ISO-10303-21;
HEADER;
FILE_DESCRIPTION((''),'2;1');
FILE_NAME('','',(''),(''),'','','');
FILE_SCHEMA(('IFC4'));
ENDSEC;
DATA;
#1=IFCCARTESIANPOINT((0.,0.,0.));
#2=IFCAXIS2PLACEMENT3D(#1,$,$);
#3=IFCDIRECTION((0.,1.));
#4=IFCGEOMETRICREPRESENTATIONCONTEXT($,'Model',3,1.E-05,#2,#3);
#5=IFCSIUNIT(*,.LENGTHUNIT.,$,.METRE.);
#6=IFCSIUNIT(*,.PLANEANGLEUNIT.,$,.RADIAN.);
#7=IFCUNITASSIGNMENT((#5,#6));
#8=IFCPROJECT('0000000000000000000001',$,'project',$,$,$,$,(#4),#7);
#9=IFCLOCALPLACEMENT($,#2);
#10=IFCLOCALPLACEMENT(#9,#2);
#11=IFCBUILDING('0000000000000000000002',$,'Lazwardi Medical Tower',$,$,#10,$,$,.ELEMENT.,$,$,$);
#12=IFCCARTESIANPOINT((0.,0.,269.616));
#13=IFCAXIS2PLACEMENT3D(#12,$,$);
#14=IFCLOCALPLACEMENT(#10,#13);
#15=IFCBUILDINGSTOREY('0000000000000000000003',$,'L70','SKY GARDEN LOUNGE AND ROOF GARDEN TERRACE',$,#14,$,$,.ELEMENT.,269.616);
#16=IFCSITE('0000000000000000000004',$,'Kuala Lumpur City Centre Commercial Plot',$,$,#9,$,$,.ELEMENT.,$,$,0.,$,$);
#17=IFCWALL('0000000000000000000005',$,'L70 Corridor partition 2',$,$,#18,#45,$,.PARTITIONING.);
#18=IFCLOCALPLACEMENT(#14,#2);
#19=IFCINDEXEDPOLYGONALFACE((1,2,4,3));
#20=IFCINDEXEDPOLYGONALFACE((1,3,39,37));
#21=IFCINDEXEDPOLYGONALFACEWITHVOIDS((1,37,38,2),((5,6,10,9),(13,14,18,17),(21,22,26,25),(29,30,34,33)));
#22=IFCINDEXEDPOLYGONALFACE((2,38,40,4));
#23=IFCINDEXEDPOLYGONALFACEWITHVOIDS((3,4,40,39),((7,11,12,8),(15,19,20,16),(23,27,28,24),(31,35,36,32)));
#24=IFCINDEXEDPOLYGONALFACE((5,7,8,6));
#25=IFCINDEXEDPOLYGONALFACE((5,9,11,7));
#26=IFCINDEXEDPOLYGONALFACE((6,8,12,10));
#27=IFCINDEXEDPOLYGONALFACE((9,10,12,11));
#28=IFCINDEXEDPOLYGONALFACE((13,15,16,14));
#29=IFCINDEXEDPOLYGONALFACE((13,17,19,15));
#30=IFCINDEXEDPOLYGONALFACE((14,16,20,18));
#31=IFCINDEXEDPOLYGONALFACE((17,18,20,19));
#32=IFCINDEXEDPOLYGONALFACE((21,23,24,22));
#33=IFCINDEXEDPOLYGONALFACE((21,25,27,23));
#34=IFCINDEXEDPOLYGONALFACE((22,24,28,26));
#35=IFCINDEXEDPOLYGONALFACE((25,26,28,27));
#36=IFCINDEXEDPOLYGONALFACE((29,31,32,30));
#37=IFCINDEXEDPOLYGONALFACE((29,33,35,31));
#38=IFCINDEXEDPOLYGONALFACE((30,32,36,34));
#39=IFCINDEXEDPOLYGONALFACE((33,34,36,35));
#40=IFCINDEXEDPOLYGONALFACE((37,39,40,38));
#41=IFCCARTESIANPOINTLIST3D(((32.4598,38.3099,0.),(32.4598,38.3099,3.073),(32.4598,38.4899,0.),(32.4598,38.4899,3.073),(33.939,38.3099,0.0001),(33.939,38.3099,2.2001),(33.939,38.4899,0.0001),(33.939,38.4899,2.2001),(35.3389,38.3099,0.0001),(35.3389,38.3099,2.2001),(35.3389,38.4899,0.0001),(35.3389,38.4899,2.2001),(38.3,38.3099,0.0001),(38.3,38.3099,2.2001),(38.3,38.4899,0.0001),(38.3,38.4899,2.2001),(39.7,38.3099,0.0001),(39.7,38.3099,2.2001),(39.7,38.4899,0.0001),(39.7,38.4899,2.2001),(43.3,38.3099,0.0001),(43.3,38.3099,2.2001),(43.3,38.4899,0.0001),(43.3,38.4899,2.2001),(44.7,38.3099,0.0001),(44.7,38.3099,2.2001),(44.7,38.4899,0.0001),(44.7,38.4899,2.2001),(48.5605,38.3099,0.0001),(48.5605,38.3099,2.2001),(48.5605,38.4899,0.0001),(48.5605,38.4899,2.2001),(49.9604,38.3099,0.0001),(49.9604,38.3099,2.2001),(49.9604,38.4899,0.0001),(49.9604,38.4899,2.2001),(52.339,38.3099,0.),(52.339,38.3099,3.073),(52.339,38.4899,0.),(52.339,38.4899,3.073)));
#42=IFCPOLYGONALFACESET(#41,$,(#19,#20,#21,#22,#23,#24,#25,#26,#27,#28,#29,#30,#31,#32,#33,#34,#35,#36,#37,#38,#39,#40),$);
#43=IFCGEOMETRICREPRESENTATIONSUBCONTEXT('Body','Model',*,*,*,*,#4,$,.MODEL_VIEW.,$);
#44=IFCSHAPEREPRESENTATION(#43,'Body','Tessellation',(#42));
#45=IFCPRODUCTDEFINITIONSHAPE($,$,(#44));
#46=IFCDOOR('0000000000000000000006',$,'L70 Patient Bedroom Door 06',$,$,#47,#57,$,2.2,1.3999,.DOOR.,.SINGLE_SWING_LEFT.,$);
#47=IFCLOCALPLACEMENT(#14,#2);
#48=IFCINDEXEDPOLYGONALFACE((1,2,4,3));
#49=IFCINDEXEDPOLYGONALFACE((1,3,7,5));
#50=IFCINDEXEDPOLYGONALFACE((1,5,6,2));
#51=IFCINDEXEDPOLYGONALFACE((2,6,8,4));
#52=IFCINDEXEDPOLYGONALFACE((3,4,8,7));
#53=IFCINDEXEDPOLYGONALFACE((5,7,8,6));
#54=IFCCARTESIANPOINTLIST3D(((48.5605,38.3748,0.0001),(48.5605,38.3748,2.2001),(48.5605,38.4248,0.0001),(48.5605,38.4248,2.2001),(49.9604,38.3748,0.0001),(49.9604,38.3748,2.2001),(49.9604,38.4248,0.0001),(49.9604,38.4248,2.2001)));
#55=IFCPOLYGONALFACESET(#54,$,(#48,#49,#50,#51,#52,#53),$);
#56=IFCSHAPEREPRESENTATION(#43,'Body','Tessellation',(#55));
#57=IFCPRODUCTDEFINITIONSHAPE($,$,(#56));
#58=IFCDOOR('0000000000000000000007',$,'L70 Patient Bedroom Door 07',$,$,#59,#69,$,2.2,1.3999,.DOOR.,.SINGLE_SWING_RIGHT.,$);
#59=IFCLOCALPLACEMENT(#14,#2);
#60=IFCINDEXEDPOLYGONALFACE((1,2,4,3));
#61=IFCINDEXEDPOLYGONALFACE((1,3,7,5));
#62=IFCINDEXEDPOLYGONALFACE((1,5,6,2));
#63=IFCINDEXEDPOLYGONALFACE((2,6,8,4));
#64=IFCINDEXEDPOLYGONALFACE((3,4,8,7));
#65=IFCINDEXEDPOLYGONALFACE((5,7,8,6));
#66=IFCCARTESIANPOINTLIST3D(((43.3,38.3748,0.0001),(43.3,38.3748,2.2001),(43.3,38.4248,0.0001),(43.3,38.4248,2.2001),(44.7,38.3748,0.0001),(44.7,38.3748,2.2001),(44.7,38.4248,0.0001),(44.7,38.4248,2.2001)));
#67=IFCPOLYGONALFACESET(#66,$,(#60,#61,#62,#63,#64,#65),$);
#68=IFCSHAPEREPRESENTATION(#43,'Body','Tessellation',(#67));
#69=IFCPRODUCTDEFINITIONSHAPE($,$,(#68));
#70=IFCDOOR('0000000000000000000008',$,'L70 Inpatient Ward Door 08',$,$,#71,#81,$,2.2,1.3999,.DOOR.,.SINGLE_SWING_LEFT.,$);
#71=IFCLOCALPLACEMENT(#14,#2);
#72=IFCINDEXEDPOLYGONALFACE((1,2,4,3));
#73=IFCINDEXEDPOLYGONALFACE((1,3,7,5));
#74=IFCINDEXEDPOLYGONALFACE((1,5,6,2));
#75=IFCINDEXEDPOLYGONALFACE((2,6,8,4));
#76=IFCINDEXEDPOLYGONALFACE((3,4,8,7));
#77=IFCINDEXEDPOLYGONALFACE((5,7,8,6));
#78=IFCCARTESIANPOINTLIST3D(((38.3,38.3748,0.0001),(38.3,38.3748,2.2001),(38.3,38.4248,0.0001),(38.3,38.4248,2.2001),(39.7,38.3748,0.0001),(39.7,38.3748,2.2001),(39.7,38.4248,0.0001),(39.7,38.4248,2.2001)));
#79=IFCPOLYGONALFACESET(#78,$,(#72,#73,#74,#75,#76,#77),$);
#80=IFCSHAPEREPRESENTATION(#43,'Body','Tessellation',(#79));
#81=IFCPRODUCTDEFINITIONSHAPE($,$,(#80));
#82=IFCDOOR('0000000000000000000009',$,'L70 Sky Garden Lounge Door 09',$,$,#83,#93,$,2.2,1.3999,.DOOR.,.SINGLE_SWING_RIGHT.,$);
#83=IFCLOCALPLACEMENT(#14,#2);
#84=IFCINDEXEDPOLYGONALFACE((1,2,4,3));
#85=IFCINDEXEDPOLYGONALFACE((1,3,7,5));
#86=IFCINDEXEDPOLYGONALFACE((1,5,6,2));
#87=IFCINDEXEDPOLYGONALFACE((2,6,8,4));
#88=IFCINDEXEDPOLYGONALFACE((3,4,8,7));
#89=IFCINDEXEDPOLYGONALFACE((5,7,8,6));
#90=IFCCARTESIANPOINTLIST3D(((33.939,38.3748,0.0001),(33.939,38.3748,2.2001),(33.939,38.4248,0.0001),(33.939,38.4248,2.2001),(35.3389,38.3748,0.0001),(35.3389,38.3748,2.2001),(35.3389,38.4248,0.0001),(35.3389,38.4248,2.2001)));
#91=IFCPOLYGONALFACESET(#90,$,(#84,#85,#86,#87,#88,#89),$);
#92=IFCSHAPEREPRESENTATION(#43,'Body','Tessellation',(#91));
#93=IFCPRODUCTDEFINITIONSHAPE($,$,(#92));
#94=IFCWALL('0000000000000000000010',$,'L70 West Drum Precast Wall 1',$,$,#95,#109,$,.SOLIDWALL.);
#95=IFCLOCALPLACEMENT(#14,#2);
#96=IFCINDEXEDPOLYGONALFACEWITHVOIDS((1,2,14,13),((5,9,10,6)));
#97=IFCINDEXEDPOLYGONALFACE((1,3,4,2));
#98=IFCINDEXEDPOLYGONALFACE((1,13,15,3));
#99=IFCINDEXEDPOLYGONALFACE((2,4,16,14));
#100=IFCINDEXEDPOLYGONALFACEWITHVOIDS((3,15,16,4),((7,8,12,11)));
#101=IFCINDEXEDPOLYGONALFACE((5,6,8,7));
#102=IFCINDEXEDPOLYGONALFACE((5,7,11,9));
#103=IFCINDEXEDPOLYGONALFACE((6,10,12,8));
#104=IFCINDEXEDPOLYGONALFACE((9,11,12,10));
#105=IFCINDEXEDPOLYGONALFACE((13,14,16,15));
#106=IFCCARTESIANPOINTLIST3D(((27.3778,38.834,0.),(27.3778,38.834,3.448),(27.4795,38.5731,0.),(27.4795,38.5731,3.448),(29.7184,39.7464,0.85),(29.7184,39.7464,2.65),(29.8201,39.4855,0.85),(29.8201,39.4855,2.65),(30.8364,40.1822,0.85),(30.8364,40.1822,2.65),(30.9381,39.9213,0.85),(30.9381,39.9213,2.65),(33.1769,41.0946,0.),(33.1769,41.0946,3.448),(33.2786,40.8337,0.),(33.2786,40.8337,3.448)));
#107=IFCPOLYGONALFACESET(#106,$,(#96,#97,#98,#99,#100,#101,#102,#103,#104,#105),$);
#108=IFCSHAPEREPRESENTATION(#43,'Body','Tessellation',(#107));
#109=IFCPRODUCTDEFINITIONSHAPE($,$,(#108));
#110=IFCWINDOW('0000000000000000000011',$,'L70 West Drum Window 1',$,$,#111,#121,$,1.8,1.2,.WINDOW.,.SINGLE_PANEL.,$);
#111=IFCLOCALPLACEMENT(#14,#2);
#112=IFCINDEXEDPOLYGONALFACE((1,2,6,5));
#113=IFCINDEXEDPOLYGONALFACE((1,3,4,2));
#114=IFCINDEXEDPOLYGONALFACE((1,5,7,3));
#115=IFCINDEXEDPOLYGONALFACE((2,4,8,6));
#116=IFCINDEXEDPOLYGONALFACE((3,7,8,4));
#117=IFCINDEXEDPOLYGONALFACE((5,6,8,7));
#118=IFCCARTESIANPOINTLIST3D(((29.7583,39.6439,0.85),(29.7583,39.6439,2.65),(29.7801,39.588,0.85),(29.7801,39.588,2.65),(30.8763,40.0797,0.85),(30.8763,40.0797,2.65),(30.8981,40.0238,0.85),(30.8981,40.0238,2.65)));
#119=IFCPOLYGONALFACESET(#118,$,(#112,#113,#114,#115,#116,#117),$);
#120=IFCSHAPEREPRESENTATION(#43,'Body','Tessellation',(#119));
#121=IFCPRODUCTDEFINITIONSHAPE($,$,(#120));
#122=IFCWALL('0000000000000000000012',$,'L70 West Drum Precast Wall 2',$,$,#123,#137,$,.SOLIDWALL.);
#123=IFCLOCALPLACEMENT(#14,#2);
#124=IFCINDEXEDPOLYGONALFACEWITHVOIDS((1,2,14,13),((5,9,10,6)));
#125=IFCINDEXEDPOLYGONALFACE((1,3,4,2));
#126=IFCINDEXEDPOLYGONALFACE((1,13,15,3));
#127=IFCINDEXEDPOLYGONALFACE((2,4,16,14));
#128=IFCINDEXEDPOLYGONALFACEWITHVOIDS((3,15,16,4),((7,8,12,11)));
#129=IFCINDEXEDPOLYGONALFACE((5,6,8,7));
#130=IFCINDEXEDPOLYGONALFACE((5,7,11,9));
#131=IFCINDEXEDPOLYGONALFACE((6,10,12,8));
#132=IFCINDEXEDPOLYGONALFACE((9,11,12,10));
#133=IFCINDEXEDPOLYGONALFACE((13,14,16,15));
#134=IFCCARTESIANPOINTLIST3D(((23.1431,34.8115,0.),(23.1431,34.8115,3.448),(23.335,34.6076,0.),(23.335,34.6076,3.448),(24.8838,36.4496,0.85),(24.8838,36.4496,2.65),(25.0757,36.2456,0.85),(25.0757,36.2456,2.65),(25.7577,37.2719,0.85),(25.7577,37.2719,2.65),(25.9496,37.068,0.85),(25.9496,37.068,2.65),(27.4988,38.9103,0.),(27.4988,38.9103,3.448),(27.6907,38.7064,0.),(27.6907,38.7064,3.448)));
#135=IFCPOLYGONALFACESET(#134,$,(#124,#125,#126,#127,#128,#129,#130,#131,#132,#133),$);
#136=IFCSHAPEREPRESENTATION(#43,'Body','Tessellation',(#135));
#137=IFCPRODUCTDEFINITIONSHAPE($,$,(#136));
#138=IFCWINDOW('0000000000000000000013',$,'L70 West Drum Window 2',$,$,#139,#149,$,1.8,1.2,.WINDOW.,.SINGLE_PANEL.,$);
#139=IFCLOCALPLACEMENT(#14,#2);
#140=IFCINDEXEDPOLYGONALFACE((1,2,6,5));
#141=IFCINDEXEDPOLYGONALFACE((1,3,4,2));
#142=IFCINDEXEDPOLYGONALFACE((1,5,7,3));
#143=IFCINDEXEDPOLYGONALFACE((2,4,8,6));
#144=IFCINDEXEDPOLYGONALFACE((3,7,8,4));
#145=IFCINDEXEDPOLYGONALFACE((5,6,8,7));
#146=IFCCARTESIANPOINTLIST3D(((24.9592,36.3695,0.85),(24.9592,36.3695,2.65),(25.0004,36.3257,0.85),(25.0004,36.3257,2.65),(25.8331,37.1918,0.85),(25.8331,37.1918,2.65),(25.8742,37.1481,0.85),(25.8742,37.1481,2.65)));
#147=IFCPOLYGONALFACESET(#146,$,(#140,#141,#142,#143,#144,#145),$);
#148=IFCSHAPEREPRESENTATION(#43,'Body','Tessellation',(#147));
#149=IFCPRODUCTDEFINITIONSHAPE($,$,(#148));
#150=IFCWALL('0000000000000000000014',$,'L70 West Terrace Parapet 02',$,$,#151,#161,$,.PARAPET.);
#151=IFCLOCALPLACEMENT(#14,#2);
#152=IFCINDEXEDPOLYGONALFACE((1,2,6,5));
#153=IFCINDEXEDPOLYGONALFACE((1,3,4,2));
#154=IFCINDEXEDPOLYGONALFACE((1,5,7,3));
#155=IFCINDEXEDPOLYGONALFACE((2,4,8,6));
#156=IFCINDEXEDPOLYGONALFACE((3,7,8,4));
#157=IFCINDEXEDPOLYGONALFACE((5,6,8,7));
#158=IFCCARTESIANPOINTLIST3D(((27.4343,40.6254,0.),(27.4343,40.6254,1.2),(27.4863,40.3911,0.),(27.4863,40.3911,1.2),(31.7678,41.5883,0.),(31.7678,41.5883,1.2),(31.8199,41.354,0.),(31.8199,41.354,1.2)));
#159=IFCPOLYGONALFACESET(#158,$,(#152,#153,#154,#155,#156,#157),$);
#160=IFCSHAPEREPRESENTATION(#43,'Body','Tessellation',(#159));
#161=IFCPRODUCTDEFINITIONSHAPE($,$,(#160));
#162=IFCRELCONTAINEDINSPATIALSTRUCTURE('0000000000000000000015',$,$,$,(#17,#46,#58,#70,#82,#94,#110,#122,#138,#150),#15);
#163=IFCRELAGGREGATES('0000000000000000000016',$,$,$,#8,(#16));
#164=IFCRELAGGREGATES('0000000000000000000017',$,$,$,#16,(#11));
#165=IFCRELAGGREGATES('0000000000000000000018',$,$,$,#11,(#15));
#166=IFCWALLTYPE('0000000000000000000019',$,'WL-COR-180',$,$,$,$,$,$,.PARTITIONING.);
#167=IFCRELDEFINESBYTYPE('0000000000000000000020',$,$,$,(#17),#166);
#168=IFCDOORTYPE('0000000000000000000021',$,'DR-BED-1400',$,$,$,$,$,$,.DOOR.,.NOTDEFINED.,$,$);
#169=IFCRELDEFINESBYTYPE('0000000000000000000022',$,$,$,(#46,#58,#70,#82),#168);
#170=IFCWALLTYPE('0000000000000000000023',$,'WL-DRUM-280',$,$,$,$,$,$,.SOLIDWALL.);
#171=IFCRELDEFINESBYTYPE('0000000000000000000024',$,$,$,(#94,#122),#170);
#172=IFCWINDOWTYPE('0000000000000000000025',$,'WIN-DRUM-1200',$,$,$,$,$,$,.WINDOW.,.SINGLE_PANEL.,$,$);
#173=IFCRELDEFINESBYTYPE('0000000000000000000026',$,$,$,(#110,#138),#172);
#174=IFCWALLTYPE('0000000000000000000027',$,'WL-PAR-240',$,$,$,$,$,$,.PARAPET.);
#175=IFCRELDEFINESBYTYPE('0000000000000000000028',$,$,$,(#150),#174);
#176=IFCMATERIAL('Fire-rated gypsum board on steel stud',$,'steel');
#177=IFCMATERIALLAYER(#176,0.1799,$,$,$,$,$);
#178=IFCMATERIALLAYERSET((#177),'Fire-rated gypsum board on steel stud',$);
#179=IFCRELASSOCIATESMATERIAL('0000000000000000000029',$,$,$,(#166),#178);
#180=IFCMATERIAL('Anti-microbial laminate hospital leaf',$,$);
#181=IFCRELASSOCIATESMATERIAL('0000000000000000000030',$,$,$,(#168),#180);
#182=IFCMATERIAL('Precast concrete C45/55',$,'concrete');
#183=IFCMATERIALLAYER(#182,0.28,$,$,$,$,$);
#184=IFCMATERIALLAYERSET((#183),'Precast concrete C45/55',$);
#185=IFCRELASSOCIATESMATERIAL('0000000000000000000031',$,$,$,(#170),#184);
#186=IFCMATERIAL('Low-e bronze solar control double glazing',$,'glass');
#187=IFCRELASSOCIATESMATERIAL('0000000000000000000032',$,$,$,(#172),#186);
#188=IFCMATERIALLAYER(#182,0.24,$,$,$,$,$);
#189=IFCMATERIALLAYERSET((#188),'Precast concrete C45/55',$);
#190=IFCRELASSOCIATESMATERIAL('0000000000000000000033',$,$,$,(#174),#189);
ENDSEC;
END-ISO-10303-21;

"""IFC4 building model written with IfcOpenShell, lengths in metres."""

from ifc_helpers import new_model, si_unit, direction, frame, frame_2d, origin, place, context, subcontext, project, spatial, rectangle, extrude, material, layer, layer_set, type_object, element, fill, save


model = new_model("IFC4")

# Units and contexts
model_context = context("Model", 3, precision=1e-05, world=origin(), true_north=direction((0.0, 1.0)))
body_context = subcontext(model_context, "Body", "Model", "MODEL_VIEW")
ifc_project = project(units=[si_unit("LENGTHUNIT", "METRE"), si_unit("PLANEANGLEUNIT", "RADIAN")], contexts=[model_context])

# Site, building, storey
site_placement = place(None, origin())
site = spatial("IfcSite", under=ifc_project, at=site_placement, Name="Kuala Lumpur City Centre Commercial Plot", CompositionType="ELEMENT", RefElevation=0.0)
building_placement = place(site_placement, origin())
building = spatial("IfcBuilding", under=site, at=building_placement, Name="Lazwardi Medical Tower", CompositionType="ELEMENT")
storey_placement = place(building_placement, frame((0.0, 0.0, 269.616)))
storey = spatial("IfcBuildingStorey", under=building, at=storey_placement, Name="L70", Description="SKY GARDEN LOUNGE AND ROOF GARDEN TERRACE", CompositionType="ELEMENT", Elevation=269.616)

# Wall, openings, doors
ifc_material_1 = material(Name="Fire-rated gypsum board on steel stud", Category="steel")
ifc_layer_1 = layer(ifc_material_1, 0.1799)
ifc_layer_set_1 = layer_set([ifc_layer_1], Name="Fire-rated gypsum board on steel stud")
wall_type_1 = type_object("IfcWallType", Name="WL-COR-180", PredefinedType="PARTITIONING", material=ifc_layer_set_1)
wall_1_placement = place(storey_placement, frame((32.46, 38.3999, 0.0), z_axis=(0.0, 0.0, 1.0), x_axis=(1.0, 0.0, 0.0)))
wall_1 = element("IfcWall", 1, at=wall_1_placement, inside=storey, type_object=wall_type_1, Name="L70 Corridor partition 2", PredefinedType="PARTITIONING", context=body_context, shape_type="SweptSolid", body=[
    extrude(rectangle(XDim=19.8792, YDim=0.1799, at=frame_2d((9.9395, 0.0))), origin(), (0.0, 0.0, 1.0), 3.073),
])
opening_1_placement = place(wall_1_placement, frame((16.1006, 0.0, 0.0)))
opening_1 = element("IfcOpeningElement", 2, at=opening_1_placement, cuts=wall_1, PredefinedType="OPENING", context=body_context, shape_type="SweptSolid", body=[
    extrude(rectangle(XDim=1.3999, YDim=2.2, at=frame_2d((0.7, 1.1001))), frame((0.0, 0.0999, 0.0), z_axis=(0.0, -1.0, 0.0), x_axis=(1.0, 0.0, 0.0)), (0.0, 0.0, 1.0), 0.2),
])
opening_2_placement = place(wall_1_placement, frame((10.8401, 0.0, 0.0)))
opening_2 = element("IfcOpeningElement", 3, at=opening_2_placement, cuts=wall_1, PredefinedType="OPENING", context=body_context, shape_type="SweptSolid", body=[
    extrude(rectangle(XDim=1.3999, YDim=2.2, at=frame_2d((0.7, 1.1001))), frame((0.0, 0.0999, 0.0), z_axis=(0.0, -1.0, 0.0), x_axis=(1.0, 0.0, 0.0)), (0.0, 0.0, 1.0), 0.2),
])
opening_3_placement = place(wall_1_placement, frame((5.8401, 0.0, 0.0)))
opening_3 = element("IfcOpeningElement", 4, at=opening_3_placement, cuts=wall_1, PredefinedType="OPENING", context=body_context, shape_type="SweptSolid", body=[
    extrude(rectangle(XDim=1.3999, YDim=2.2, at=frame_2d((0.7, 1.1001))), frame((0.0, 0.0999, 0.0), z_axis=(0.0, -1.0, 0.0), x_axis=(1.0, 0.0, 0.0)), (0.0, 0.0, 1.0), 0.2),
])
opening_4_placement = place(wall_1_placement, frame((1.479, 0.0, 0.0)))
opening_4 = element("IfcOpeningElement", 5, at=opening_4_placement, cuts=wall_1, PredefinedType="OPENING", context=body_context, shape_type="SweptSolid", body=[
    extrude(rectangle(XDim=1.3999, YDim=2.2, at=frame_2d((0.7, 1.1001))), frame((0.0, 0.0999, 0.0), z_axis=(0.0, -1.0, 0.0), x_axis=(1.0, 0.0, 0.0)), (0.0, 0.0, 1.0), 0.2),
])
ifc_material_2 = material(Name="Anti-microbial laminate hospital leaf")
door_type = type_object("IfcDoorType", Name="DR-BED-1400", OperationType="NOTDEFINED", PredefinedType="DOOR", material=ifc_material_2)
door_1_placement = place(opening_1_placement, origin())
door_1 = element("IfcDoor", 6, at=door_1_placement, inside=storey, type_object=door_type, Name="L70 Patient Bedroom Door 06", OperationType="SINGLE_SWING_LEFT", OverallHeight=2.2, OverallWidth=1.3999, PredefinedType="DOOR", context=body_context, shape_type="SweptSolid", body=[
    extrude(rectangle(XDim=1.3999, YDim=2.2, at=frame_2d((0.7, 1.1001))), frame((0.0, 0.0249, 0.0), z_axis=(0.0, -1.0, 0.0), x_axis=(1.0, 0.0, 0.0)), (0.0, 0.0, 1.0), 0.05),
])
fill(opening_1, door_1)
door_2_placement = place(opening_2_placement, origin())
door_2 = element("IfcDoor", 7, at=door_2_placement, inside=storey, type_object=door_type, Name="L70 Patient Bedroom Door 07", OperationType="SINGLE_SWING_RIGHT", OverallHeight=2.2, OverallWidth=1.3999, PredefinedType="DOOR", context=body_context, shape_type="SweptSolid", body=[
    extrude(rectangle(XDim=1.3999, YDim=2.2, at=frame_2d((0.7, 1.1001))), frame((0.0, 0.0249, 0.0), z_axis=(0.0, -1.0, 0.0), x_axis=(1.0, 0.0, 0.0)), (0.0, 0.0, 1.0), 0.05),
])
fill(opening_2, door_2)
door_3_placement = place(opening_3_placement, origin())
door_3 = element("IfcDoor", 8, at=door_3_placement, inside=storey, type_object=door_type, Name="L70 Inpatient Ward Door 08", OperationType="SINGLE_SWING_LEFT", OverallHeight=2.2, OverallWidth=1.3999, PredefinedType="DOOR", context=body_context, shape_type="SweptSolid", body=[
    extrude(rectangle(XDim=1.3999, YDim=2.2, at=frame_2d((0.7, 1.1001))), frame((0.0, 0.0249, 0.0), z_axis=(0.0, -1.0, 0.0), x_axis=(1.0, 0.0, 0.0)), (0.0, 0.0, 1.0), 0.05),
])
fill(opening_3, door_3)
door_4_placement = place(opening_4_placement, origin())
door_4 = element("IfcDoor", 9, at=door_4_placement, inside=storey, type_object=door_type, Name="L70 Sky Garden Lounge Door 09", OperationType="SINGLE_SWING_RIGHT", OverallHeight=2.2, OverallWidth=1.3999, PredefinedType="DOOR", context=body_context, shape_type="SweptSolid", body=[
    extrude(rectangle(XDim=1.3999, YDim=2.2, at=frame_2d((0.7, 1.1001))), frame((0.0, 0.0249, 0.0), z_axis=(0.0, -1.0, 0.0), x_axis=(1.0, 0.0, 0.0)), (0.0, 0.0, 1.0), 0.05),
])
fill(opening_4, door_4)

# Walls, openings, windows
ifc_material_3 = material(Name="Precast concrete C45/55", Category="concrete")
ifc_layer_2 = layer(ifc_material_3, 0.28)
ifc_layer_set_2 = layer_set([ifc_layer_2], Name="Precast concrete C45/55")
wall_type_2 = type_object("IfcWallType", Name="WL-DRUM-280", PredefinedType="SOLIDWALL", material=ifc_layer_set_2)
wall_2_placement = place(storey_placement, frame((33.2278, 40.9641, 0.0), z_axis=(0.0, 0.0, 1.0), x_axis=(-0.931717, -0.363186, 0.0)))
wall_2 = element("IfcWall", 10, at=wall_2_placement, inside=storey, type_object=wall_type_2, Name="L70 West Drum Precast Wall 1", PredefinedType="SOLIDWALL", context=body_context, shape_type="SweptSolid", body=[
    extrude(rectangle(XDim=6.2241, YDim=0.28, at=frame_2d((3.1121, 0.0))), origin(), (0.0, 0.0, 1.0), 3.448),
])
opening_5_placement = place(wall_2_placement, frame((2.512, 0.0, 0.8501)))
opening_5 = element("IfcOpeningElement", 11, at=opening_5_placement, cuts=wall_2, PredefinedType="OPENING", context=body_context, shape_type="SweptSolid", body=[
    extrude(rectangle(XDim=1.2, YDim=1.8, at=frame_2d((0.6001, 0.8999))), frame((0.0, 0.1499, 0.0), z_axis=(0.0, -1.0, 0.0), x_axis=(1.0, 0.0, 0.0)), (0.0, 0.0, 1.0), 0.3),
])
ifc_material_4 = material(Name="Low-e bronze solar control double glazing", Category="glass")
window_type = type_object("IfcWindowType", Name="WIN-DRUM-1200", PartitioningType="SINGLE_PANEL", PredefinedType="WINDOW", material=ifc_material_4)
window_1_placement = place(opening_5_placement, origin())
window_1 = element("IfcWindow", 12, at=window_1_placement, inside=storey, type_object=window_type, Name="L70 West Drum Window 1", OverallHeight=1.8, OverallWidth=1.2, PartitioningType="SINGLE_PANEL", PredefinedType="WINDOW", context=body_context, shape_type="SweptSolid", body=[
    extrude(rectangle(XDim=1.2, YDim=1.8, at=frame_2d((0.6001, 0.8999))), frame((0.0, 0.03, 0.0), z_axis=(0.0, -1.0, 0.0), x_axis=(1.0, 0.0, 0.0)), (0.0, 0.0, 1.0), 0.0601),
])
fill(opening_5, window_1)
wall_3_placement = place(storey_placement, frame((27.5947, 38.8083, 0.0), z_axis=(0.0, 0.0, 1.0), x_axis=(-0.728252, -0.68531, 0.0)))
wall_3 = element("IfcWall", 13, at=wall_3_placement, inside=storey, type_object=wall_type_2, Name="L70 West Drum Precast Wall 2", PredefinedType="SOLIDWALL", context=body_context, shape_type="SweptSolid", body=[
    extrude(rectangle(XDim=5.981, YDim=0.28, at=frame_2d((2.9905, 0.0))), origin(), (0.0, 0.0, 1.0), 3.448),
])
opening_6_placement = place(wall_3_placement, frame((2.3906, 0.0, 0.8501)))
opening_6 = element("IfcOpeningElement", 14, at=opening_6_placement, cuts=wall_3, PredefinedType="OPENING", context=body_context, shape_type="SweptSolid", body=[
    extrude(rectangle(XDim=1.2, YDim=1.8, at=frame_2d((0.6001, 0.8999))), frame((0.0, 0.1499, 0.0), z_axis=(0.0, -1.0, 0.0), x_axis=(1.0, 0.0, 0.0)), (0.0, 0.0, 1.0), 0.3),
])
window_2_placement = place(opening_6_placement, origin())
window_2 = element("IfcWindow", 15, at=window_2_placement, inside=storey, type_object=window_type, Name="L70 West Drum Window 2", OverallHeight=1.8, OverallWidth=1.2, PartitioningType="SINGLE_PANEL", PredefinedType="WINDOW", context=body_context, shape_type="SweptSolid", body=[
    extrude(rectangle(XDim=1.2, YDim=1.8, at=frame_2d((0.6001, 0.8999))), frame((0.0, 0.03, 0.0), z_axis=(0.0, -1.0, 0.0), x_axis=(1.0, 0.0, 0.0)), (0.0, 0.0, 1.0), 0.0601),
])
fill(opening_6, window_2)

# Wall
ifc_layer_3 = layer(ifc_material_3, 0.24)
ifc_layer_set_3 = layer_set([ifc_layer_3], Name="Precast concrete C45/55")
wall_type_3 = type_object("IfcWallType", Name="WL-PAR-240", PredefinedType="PARAPET", material=ifc_layer_set_3)
wall_4_placement = place(storey_placement, frame((31.7939, 41.4712, 0.0), z_axis=(0.0, 0.0, 1.0), x_axis=(-0.976192, -0.216907, 0.0)))
element("IfcWall", 16, at=wall_4_placement, inside=storey, type_object=wall_type_3, Name="L70 West Terrace Parapet 02", PredefinedType="PARAPET", context=body_context, shape_type="SweptSolid", body=[
    extrude(rectangle(XDim=4.4392, YDim=0.24, at=frame_2d((2.2197, 0.0))), origin(), (0.0, 0.0, 1.0), 1.2),
])

save(model, "model.ifc")
